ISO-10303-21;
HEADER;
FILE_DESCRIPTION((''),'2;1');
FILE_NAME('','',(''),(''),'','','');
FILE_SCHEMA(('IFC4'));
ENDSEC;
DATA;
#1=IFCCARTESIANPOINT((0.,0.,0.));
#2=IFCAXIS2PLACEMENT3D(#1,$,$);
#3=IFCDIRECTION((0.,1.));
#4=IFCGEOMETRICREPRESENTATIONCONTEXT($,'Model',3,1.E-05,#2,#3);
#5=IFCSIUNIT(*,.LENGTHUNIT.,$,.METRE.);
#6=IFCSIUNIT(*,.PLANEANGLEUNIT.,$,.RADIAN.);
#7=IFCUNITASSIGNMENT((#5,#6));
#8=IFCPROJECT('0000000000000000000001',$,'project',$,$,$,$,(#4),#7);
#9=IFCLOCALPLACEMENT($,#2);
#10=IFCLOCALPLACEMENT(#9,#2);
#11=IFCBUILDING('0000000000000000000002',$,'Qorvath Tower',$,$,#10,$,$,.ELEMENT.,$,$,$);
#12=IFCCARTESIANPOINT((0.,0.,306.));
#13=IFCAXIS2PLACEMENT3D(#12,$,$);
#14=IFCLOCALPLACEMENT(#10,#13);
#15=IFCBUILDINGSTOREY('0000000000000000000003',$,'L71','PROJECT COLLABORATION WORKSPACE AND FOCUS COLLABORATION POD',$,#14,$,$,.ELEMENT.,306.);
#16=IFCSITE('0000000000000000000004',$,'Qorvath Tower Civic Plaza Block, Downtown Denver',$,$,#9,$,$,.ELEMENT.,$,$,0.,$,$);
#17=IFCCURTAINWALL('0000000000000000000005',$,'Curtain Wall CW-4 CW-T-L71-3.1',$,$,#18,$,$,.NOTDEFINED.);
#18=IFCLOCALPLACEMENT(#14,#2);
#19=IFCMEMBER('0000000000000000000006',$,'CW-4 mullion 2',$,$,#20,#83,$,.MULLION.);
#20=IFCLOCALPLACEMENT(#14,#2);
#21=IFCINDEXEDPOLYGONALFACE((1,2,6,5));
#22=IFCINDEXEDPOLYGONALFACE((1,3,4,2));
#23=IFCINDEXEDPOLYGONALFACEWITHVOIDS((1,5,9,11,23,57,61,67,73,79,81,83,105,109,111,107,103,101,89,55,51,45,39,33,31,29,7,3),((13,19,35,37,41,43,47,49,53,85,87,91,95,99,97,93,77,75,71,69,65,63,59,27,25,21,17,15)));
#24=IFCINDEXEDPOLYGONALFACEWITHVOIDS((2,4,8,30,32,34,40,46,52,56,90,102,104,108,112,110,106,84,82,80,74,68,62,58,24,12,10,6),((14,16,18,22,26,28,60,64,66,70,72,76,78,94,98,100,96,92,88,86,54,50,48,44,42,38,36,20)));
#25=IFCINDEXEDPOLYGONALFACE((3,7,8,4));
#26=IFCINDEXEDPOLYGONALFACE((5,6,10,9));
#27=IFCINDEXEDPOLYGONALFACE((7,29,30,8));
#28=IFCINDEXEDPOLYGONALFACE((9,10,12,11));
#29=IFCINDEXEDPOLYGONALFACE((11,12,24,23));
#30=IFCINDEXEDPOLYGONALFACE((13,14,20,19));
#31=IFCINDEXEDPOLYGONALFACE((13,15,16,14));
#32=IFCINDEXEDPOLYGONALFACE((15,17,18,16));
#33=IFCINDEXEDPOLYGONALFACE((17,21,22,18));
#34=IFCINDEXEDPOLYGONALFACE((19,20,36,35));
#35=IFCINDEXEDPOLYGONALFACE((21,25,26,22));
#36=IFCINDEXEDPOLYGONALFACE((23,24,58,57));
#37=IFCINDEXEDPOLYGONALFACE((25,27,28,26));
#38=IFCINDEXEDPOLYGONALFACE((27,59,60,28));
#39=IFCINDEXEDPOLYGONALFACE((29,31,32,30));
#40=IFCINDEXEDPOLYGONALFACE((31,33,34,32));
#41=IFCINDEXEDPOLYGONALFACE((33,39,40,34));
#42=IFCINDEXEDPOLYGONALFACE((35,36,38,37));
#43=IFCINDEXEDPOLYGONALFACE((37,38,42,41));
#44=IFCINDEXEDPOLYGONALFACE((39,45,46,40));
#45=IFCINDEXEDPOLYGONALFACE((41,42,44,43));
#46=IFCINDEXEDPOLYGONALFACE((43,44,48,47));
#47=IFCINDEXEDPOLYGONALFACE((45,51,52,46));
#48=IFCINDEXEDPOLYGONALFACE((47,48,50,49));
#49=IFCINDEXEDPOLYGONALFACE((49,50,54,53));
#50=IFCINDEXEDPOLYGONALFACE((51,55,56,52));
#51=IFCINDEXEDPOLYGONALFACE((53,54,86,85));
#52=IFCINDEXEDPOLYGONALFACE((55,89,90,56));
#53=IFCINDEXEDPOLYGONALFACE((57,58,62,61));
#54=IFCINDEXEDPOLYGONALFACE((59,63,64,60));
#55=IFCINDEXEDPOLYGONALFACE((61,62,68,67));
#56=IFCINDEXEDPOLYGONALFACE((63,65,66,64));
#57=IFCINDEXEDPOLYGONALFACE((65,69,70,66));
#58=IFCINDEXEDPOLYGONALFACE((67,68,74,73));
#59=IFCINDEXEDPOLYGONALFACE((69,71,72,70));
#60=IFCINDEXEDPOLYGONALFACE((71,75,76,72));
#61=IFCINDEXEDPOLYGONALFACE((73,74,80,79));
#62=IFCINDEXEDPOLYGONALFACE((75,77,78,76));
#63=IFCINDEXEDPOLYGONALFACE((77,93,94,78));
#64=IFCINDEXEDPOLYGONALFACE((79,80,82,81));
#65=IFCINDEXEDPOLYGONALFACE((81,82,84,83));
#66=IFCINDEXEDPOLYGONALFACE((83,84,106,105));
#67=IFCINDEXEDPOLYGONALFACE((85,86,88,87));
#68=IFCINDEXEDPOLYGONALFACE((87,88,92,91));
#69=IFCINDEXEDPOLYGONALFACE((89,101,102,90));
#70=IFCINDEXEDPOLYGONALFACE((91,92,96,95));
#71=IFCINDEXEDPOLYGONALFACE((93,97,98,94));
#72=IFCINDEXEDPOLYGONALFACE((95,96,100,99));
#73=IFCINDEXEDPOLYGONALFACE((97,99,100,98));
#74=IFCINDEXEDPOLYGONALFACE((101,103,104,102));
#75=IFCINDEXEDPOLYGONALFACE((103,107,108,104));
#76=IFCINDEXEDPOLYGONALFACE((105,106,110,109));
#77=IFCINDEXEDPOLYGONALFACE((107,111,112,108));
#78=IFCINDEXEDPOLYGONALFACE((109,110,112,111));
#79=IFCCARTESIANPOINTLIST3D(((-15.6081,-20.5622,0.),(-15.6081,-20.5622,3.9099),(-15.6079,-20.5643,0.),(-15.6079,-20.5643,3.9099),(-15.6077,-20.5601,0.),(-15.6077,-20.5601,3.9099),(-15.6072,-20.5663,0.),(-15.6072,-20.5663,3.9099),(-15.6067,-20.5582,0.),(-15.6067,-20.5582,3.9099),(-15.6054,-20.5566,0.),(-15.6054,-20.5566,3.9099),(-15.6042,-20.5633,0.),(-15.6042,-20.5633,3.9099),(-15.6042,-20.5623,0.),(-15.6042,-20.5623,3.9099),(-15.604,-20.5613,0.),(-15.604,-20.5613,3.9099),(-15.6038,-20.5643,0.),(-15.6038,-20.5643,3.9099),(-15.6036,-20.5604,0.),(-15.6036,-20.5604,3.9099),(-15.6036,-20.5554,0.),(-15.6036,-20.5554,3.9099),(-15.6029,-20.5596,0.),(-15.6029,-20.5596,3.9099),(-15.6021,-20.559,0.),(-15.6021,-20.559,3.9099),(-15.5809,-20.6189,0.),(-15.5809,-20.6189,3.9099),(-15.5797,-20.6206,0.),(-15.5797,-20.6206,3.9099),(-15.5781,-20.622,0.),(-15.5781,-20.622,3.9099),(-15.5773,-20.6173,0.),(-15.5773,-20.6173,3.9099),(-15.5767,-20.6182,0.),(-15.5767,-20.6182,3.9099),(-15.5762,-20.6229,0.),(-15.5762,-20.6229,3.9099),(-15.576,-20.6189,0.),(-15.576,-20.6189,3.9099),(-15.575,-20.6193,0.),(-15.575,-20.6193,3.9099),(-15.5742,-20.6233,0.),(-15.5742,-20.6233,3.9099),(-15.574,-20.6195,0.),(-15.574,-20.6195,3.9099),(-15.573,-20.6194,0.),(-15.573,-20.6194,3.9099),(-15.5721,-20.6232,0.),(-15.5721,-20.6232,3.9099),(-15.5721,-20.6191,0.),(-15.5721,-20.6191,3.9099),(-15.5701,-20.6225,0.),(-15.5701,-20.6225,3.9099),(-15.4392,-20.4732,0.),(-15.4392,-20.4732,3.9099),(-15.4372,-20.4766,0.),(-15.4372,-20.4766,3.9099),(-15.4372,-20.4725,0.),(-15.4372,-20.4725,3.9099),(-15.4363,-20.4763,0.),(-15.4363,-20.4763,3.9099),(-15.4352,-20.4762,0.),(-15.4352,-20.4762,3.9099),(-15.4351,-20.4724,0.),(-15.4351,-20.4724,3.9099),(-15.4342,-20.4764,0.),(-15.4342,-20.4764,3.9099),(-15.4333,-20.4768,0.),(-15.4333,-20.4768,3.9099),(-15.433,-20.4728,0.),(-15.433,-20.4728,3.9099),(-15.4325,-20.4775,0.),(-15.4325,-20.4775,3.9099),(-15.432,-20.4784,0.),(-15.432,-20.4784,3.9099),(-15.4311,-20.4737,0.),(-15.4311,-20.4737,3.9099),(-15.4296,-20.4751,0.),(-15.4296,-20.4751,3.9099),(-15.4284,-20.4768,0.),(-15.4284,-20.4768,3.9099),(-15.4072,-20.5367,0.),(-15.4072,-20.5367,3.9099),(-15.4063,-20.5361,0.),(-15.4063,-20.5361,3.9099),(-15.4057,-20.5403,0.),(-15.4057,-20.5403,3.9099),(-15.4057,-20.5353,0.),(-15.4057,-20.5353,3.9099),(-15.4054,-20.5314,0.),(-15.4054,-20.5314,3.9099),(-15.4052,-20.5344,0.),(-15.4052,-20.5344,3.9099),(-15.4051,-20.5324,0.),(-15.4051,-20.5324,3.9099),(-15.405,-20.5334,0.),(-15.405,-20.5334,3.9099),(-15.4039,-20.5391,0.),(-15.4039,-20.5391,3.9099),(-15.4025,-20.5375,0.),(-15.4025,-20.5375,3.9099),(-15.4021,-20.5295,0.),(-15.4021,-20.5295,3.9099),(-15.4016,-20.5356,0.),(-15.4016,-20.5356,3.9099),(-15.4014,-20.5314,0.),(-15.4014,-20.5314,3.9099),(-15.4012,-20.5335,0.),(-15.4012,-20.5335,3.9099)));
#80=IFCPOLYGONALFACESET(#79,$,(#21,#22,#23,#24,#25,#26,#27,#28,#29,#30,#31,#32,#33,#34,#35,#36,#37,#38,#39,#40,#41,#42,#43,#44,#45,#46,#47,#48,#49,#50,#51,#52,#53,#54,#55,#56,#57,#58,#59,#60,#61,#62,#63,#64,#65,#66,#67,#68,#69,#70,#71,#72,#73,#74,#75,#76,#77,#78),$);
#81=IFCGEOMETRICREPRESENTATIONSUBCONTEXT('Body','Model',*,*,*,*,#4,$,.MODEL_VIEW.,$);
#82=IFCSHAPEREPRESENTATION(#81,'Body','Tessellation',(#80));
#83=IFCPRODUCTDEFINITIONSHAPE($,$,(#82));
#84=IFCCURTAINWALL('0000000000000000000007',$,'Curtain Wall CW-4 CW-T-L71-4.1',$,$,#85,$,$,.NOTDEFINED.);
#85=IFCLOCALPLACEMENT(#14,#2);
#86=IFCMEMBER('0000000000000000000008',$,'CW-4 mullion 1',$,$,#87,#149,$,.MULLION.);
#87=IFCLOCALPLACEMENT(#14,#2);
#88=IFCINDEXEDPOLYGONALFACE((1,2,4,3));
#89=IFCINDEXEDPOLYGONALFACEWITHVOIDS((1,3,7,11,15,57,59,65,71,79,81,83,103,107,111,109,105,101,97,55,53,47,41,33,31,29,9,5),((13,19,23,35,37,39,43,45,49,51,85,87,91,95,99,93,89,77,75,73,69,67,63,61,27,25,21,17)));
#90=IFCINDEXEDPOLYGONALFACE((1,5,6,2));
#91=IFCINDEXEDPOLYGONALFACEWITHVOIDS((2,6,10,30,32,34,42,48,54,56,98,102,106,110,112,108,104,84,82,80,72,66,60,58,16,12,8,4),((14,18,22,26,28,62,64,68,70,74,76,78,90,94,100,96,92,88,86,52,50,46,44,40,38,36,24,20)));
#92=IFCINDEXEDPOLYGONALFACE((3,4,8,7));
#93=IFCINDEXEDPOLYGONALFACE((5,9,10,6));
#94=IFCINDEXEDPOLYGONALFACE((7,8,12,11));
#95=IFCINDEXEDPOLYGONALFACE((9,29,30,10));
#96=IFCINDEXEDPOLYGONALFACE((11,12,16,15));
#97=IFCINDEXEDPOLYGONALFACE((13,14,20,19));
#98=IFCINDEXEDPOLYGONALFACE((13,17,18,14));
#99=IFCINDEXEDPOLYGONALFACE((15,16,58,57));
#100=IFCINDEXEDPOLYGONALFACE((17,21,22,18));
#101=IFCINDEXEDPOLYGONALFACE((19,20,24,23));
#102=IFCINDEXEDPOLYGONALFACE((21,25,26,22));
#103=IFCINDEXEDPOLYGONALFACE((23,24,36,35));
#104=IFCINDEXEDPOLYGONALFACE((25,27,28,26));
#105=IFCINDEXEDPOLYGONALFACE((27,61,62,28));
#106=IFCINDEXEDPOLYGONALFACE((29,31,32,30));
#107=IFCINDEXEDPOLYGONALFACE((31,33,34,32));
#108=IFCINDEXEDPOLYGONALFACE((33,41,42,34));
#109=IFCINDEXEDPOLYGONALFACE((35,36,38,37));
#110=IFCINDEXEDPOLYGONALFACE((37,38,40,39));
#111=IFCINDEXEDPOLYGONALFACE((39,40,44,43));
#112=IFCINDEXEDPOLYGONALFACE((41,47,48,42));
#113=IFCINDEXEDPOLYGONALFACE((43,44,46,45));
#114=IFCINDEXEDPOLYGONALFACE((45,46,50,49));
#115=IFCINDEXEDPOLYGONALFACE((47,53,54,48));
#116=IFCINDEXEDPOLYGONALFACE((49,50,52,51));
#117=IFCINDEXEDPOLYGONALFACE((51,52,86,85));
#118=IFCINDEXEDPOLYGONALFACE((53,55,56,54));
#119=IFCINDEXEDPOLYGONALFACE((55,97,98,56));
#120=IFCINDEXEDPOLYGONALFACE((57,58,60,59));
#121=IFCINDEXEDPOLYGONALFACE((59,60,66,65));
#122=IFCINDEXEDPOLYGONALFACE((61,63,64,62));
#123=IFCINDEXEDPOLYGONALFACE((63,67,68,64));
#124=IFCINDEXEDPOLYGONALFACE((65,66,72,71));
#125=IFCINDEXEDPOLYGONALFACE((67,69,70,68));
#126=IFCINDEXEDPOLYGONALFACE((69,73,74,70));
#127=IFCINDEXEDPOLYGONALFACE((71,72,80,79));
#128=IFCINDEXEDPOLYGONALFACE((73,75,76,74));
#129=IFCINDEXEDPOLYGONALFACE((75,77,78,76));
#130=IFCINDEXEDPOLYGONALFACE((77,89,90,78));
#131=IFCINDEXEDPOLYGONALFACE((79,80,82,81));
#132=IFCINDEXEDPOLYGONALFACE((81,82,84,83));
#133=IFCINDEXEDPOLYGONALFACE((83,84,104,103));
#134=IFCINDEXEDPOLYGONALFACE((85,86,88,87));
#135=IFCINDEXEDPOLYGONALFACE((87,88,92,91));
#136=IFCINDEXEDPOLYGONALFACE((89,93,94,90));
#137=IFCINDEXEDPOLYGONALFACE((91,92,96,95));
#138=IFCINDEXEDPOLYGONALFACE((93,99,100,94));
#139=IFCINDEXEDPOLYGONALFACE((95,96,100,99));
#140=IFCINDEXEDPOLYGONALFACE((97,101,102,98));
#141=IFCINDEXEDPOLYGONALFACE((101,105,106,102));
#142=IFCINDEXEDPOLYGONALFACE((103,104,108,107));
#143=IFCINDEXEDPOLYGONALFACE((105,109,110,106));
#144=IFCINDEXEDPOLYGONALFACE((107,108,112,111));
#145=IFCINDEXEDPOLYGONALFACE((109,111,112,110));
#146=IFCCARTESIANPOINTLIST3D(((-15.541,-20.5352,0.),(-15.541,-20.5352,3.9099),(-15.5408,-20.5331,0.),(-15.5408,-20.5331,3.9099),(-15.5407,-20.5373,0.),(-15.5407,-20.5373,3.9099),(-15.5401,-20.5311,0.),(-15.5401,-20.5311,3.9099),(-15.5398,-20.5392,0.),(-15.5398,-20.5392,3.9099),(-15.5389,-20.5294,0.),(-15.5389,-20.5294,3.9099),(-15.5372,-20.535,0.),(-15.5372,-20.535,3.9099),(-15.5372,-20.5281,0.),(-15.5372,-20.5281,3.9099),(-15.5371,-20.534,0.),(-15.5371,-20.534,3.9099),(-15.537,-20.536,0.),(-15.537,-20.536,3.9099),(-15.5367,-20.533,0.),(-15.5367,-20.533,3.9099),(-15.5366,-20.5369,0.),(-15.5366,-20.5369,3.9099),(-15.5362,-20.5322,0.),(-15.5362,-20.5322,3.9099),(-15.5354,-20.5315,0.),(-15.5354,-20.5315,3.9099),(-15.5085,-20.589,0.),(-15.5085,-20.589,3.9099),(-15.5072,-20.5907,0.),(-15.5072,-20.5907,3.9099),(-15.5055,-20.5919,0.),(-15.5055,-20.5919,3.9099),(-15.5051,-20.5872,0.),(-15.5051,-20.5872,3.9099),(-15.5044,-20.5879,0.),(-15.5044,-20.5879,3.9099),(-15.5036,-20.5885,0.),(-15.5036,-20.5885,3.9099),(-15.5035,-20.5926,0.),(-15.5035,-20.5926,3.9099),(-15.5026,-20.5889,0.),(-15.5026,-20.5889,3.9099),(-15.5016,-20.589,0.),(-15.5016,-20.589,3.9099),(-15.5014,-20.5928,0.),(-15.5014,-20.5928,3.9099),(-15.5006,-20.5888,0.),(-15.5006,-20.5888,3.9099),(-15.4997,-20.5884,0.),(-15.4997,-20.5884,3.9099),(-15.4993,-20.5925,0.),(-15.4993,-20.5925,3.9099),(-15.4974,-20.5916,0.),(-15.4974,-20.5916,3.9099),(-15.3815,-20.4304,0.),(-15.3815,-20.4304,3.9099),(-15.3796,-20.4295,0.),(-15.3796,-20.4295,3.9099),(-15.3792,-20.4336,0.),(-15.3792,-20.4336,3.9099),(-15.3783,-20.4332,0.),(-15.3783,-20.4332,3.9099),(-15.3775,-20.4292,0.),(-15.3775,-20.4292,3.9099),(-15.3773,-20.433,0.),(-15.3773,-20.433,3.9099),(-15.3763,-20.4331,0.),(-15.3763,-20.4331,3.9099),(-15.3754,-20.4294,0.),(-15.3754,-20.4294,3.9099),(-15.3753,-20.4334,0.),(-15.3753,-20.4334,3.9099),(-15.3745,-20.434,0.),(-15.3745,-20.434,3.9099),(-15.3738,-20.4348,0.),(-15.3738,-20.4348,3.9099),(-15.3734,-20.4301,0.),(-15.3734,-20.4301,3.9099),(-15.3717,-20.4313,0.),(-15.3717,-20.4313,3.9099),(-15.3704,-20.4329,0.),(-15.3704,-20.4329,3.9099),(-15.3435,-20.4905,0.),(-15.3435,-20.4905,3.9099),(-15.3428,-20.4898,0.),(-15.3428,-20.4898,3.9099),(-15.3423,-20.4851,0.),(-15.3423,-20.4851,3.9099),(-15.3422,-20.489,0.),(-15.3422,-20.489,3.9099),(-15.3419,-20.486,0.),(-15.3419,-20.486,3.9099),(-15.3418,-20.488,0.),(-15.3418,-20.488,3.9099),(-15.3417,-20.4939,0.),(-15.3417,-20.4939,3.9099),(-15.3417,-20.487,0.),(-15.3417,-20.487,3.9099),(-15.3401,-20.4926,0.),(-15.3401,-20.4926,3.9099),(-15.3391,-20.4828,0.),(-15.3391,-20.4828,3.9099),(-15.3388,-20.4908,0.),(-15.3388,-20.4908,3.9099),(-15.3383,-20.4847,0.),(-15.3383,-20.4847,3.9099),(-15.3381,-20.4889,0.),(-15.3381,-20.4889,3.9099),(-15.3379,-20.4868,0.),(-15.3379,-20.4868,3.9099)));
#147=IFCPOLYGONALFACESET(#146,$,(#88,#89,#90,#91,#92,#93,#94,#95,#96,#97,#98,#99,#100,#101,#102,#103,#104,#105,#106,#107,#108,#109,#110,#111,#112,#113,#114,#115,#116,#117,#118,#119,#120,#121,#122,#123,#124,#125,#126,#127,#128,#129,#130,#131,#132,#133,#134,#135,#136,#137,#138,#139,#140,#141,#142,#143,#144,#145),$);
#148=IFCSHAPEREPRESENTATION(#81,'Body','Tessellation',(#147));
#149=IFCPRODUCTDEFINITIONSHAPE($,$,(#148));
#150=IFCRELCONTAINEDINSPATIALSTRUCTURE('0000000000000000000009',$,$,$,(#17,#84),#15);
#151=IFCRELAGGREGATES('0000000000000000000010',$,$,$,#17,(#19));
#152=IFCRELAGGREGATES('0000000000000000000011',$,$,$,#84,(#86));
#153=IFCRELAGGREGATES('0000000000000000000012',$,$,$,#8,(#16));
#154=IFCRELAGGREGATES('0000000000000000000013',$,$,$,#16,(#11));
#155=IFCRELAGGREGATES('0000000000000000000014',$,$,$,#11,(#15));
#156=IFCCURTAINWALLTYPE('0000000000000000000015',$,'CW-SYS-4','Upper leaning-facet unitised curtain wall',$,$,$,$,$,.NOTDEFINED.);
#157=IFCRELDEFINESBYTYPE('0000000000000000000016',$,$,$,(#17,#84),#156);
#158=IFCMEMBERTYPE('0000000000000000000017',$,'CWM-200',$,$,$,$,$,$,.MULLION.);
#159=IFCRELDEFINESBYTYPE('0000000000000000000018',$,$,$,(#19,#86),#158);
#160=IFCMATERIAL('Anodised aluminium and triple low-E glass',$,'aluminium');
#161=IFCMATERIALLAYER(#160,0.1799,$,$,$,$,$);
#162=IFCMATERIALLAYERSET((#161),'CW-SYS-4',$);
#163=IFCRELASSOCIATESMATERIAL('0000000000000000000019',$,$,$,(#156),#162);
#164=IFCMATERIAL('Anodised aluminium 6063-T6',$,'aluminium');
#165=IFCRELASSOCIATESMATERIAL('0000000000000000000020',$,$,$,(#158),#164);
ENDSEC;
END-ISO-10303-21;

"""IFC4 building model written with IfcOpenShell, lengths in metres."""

from ifc_helpers import new_model, si_unit, direction, frame, origin, origin_2d, place, context, subcontext, project, spatial, hollow_rectangle, extrude, material, layer, layer_set, material_profile, profile_set, type_object, element, aggregate, save


model = new_model("IFC4")

# Units and contexts
model_context = context("Model", 3, precision=1e-05, world=origin(), true_north=direction((0.0, 1.0)))
body_context = subcontext(model_context, "Body", "Model", "MODEL_VIEW")
ifc_project = project(units=[si_unit("LENGTHUNIT", "METRE"), si_unit("PLANEANGLEUNIT", "RADIAN")], contexts=[model_context])

# Site, building, storey
site_placement = place(None, origin())
site = spatial("IfcSite", under=ifc_project, at=site_placement, Name="Qorvath Tower Civic Plaza Block, Downtown Denver", CompositionType="ELEMENT", RefElevation=0.0)
building_placement = place(site_placement, origin())
building = spatial("IfcBuilding", under=site, at=building_placement, Name="Qorvath Tower", CompositionType="ELEMENT")
storey_placement = place(building_placement, frame((0.0, 0.0, 306.0)))
storey = spatial("IfcBuildingStorey", under=building, at=storey_placement, Name="L71", Description="PROJECT COLLABORATION WORKSPACE AND FOCUS COLLABORATION POD", CompositionType="ELEMENT", Elevation=306.0)

# Shared definitions
ifc_material_1 = material(Name="Anodised aluminium and triple low-E glass", Category="aluminium")
ifc_layer_1 = layer(ifc_material_1, 0.1799)
ifc_layer_set_1 = layer_set([ifc_layer_1], Name="CW-SYS-4")
curtain_wall_type = type_object("IfcCurtainWallType", Name="CW-SYS-4", Description="Upper leaning-facet unitised curtain wall", PredefinedType="NOTDEFINED", material=ifc_layer_set_1)
ifc_material_2 = material(Name="Anodised aluminium 6063-T6", Category="aluminium")
ifc_material_profile_1 = material_profile(ifc_material_2, hollow_rectangle(XDim=0.075, YDim=0.2, WallThickness=0.0039, InnerFilletRadius=0.0039, OuterFilletRadius=0.0081, at=origin_2d()), Name="CWM 200x75")
ifc_profile_set_1 = profile_set([ifc_material_profile_1], Name="Anodised aluminium 6063-T6")
member_type_1 = type_object("IfcMemberType", Name="CWM-200", PredefinedType="MULLION", material=ifc_profile_set_1)

# Curtain walls, members
curtain_wall_1_placement = place(storey_placement, origin())
curtain_wall_1 = element("IfcCurtainWall", 1, at=curtain_wall_1_placement, inside=storey, type_object=curtain_wall_type, Name="Curtain Wall CW-4 CW-T-L71-3.1", PredefinedType="NOTDEFINED")
member_1_placement = place(storey_placement, frame((-15.5046, -20.5479, 0.0), z_axis=(0.0, 0.0, 1.0), x_axis=(-0.447225, 0.894422, 0.0)))
member_1 = element("IfcMember", 2, at=member_1_placement, type_object=member_type_1, Name="CW-4 mullion 2", PredefinedType="MULLION", context=body_context, shape_type="SweptSolid", body=[
    extrude(hollow_rectangle(XDim=0.075, YDim=0.2, WallThickness=0.0039, InnerFilletRadius=0.0039, OuterFilletRadius=0.0081, at=origin_2d()), origin(), (0.0, 0.0, 1.0), 3.9099),
])
curtain_wall_2_placement = place(storey_placement, origin())
curtain_wall_2 = element("IfcCurtainWall", 3, at=curtain_wall_2_placement, inside=storey, type_object=curtain_wall_type, Name="Curtain Wall CW-4 CW-T-L71-4.1", PredefinedType="NOTDEFINED")
member_2_placement = place(storey_placement, frame((-15.4395, -20.511, 0.0), z_axis=(0.0, 0.0, 1.0), x_axis=(-0.531353, 0.84715, 0.0)))
member_2 = element("IfcMember", 4, at=member_2_placement, type_object=member_type_1, Name="CW-4 mullion 1", PredefinedType="MULLION", context=body_context, shape_type="SweptSolid", body=[
    extrude(hollow_rectangle(XDim=0.075, YDim=0.2, WallThickness=0.0039, InnerFilletRadius=0.0039, OuterFilletRadius=0.0081, at=origin_2d()), origin(), (0.0, 0.0, 1.0), 3.9099),
])

aggregate(curtain_wall_1, [member_1])
aggregate(curtain_wall_2, [member_2])

save(model, "model.ifc")
